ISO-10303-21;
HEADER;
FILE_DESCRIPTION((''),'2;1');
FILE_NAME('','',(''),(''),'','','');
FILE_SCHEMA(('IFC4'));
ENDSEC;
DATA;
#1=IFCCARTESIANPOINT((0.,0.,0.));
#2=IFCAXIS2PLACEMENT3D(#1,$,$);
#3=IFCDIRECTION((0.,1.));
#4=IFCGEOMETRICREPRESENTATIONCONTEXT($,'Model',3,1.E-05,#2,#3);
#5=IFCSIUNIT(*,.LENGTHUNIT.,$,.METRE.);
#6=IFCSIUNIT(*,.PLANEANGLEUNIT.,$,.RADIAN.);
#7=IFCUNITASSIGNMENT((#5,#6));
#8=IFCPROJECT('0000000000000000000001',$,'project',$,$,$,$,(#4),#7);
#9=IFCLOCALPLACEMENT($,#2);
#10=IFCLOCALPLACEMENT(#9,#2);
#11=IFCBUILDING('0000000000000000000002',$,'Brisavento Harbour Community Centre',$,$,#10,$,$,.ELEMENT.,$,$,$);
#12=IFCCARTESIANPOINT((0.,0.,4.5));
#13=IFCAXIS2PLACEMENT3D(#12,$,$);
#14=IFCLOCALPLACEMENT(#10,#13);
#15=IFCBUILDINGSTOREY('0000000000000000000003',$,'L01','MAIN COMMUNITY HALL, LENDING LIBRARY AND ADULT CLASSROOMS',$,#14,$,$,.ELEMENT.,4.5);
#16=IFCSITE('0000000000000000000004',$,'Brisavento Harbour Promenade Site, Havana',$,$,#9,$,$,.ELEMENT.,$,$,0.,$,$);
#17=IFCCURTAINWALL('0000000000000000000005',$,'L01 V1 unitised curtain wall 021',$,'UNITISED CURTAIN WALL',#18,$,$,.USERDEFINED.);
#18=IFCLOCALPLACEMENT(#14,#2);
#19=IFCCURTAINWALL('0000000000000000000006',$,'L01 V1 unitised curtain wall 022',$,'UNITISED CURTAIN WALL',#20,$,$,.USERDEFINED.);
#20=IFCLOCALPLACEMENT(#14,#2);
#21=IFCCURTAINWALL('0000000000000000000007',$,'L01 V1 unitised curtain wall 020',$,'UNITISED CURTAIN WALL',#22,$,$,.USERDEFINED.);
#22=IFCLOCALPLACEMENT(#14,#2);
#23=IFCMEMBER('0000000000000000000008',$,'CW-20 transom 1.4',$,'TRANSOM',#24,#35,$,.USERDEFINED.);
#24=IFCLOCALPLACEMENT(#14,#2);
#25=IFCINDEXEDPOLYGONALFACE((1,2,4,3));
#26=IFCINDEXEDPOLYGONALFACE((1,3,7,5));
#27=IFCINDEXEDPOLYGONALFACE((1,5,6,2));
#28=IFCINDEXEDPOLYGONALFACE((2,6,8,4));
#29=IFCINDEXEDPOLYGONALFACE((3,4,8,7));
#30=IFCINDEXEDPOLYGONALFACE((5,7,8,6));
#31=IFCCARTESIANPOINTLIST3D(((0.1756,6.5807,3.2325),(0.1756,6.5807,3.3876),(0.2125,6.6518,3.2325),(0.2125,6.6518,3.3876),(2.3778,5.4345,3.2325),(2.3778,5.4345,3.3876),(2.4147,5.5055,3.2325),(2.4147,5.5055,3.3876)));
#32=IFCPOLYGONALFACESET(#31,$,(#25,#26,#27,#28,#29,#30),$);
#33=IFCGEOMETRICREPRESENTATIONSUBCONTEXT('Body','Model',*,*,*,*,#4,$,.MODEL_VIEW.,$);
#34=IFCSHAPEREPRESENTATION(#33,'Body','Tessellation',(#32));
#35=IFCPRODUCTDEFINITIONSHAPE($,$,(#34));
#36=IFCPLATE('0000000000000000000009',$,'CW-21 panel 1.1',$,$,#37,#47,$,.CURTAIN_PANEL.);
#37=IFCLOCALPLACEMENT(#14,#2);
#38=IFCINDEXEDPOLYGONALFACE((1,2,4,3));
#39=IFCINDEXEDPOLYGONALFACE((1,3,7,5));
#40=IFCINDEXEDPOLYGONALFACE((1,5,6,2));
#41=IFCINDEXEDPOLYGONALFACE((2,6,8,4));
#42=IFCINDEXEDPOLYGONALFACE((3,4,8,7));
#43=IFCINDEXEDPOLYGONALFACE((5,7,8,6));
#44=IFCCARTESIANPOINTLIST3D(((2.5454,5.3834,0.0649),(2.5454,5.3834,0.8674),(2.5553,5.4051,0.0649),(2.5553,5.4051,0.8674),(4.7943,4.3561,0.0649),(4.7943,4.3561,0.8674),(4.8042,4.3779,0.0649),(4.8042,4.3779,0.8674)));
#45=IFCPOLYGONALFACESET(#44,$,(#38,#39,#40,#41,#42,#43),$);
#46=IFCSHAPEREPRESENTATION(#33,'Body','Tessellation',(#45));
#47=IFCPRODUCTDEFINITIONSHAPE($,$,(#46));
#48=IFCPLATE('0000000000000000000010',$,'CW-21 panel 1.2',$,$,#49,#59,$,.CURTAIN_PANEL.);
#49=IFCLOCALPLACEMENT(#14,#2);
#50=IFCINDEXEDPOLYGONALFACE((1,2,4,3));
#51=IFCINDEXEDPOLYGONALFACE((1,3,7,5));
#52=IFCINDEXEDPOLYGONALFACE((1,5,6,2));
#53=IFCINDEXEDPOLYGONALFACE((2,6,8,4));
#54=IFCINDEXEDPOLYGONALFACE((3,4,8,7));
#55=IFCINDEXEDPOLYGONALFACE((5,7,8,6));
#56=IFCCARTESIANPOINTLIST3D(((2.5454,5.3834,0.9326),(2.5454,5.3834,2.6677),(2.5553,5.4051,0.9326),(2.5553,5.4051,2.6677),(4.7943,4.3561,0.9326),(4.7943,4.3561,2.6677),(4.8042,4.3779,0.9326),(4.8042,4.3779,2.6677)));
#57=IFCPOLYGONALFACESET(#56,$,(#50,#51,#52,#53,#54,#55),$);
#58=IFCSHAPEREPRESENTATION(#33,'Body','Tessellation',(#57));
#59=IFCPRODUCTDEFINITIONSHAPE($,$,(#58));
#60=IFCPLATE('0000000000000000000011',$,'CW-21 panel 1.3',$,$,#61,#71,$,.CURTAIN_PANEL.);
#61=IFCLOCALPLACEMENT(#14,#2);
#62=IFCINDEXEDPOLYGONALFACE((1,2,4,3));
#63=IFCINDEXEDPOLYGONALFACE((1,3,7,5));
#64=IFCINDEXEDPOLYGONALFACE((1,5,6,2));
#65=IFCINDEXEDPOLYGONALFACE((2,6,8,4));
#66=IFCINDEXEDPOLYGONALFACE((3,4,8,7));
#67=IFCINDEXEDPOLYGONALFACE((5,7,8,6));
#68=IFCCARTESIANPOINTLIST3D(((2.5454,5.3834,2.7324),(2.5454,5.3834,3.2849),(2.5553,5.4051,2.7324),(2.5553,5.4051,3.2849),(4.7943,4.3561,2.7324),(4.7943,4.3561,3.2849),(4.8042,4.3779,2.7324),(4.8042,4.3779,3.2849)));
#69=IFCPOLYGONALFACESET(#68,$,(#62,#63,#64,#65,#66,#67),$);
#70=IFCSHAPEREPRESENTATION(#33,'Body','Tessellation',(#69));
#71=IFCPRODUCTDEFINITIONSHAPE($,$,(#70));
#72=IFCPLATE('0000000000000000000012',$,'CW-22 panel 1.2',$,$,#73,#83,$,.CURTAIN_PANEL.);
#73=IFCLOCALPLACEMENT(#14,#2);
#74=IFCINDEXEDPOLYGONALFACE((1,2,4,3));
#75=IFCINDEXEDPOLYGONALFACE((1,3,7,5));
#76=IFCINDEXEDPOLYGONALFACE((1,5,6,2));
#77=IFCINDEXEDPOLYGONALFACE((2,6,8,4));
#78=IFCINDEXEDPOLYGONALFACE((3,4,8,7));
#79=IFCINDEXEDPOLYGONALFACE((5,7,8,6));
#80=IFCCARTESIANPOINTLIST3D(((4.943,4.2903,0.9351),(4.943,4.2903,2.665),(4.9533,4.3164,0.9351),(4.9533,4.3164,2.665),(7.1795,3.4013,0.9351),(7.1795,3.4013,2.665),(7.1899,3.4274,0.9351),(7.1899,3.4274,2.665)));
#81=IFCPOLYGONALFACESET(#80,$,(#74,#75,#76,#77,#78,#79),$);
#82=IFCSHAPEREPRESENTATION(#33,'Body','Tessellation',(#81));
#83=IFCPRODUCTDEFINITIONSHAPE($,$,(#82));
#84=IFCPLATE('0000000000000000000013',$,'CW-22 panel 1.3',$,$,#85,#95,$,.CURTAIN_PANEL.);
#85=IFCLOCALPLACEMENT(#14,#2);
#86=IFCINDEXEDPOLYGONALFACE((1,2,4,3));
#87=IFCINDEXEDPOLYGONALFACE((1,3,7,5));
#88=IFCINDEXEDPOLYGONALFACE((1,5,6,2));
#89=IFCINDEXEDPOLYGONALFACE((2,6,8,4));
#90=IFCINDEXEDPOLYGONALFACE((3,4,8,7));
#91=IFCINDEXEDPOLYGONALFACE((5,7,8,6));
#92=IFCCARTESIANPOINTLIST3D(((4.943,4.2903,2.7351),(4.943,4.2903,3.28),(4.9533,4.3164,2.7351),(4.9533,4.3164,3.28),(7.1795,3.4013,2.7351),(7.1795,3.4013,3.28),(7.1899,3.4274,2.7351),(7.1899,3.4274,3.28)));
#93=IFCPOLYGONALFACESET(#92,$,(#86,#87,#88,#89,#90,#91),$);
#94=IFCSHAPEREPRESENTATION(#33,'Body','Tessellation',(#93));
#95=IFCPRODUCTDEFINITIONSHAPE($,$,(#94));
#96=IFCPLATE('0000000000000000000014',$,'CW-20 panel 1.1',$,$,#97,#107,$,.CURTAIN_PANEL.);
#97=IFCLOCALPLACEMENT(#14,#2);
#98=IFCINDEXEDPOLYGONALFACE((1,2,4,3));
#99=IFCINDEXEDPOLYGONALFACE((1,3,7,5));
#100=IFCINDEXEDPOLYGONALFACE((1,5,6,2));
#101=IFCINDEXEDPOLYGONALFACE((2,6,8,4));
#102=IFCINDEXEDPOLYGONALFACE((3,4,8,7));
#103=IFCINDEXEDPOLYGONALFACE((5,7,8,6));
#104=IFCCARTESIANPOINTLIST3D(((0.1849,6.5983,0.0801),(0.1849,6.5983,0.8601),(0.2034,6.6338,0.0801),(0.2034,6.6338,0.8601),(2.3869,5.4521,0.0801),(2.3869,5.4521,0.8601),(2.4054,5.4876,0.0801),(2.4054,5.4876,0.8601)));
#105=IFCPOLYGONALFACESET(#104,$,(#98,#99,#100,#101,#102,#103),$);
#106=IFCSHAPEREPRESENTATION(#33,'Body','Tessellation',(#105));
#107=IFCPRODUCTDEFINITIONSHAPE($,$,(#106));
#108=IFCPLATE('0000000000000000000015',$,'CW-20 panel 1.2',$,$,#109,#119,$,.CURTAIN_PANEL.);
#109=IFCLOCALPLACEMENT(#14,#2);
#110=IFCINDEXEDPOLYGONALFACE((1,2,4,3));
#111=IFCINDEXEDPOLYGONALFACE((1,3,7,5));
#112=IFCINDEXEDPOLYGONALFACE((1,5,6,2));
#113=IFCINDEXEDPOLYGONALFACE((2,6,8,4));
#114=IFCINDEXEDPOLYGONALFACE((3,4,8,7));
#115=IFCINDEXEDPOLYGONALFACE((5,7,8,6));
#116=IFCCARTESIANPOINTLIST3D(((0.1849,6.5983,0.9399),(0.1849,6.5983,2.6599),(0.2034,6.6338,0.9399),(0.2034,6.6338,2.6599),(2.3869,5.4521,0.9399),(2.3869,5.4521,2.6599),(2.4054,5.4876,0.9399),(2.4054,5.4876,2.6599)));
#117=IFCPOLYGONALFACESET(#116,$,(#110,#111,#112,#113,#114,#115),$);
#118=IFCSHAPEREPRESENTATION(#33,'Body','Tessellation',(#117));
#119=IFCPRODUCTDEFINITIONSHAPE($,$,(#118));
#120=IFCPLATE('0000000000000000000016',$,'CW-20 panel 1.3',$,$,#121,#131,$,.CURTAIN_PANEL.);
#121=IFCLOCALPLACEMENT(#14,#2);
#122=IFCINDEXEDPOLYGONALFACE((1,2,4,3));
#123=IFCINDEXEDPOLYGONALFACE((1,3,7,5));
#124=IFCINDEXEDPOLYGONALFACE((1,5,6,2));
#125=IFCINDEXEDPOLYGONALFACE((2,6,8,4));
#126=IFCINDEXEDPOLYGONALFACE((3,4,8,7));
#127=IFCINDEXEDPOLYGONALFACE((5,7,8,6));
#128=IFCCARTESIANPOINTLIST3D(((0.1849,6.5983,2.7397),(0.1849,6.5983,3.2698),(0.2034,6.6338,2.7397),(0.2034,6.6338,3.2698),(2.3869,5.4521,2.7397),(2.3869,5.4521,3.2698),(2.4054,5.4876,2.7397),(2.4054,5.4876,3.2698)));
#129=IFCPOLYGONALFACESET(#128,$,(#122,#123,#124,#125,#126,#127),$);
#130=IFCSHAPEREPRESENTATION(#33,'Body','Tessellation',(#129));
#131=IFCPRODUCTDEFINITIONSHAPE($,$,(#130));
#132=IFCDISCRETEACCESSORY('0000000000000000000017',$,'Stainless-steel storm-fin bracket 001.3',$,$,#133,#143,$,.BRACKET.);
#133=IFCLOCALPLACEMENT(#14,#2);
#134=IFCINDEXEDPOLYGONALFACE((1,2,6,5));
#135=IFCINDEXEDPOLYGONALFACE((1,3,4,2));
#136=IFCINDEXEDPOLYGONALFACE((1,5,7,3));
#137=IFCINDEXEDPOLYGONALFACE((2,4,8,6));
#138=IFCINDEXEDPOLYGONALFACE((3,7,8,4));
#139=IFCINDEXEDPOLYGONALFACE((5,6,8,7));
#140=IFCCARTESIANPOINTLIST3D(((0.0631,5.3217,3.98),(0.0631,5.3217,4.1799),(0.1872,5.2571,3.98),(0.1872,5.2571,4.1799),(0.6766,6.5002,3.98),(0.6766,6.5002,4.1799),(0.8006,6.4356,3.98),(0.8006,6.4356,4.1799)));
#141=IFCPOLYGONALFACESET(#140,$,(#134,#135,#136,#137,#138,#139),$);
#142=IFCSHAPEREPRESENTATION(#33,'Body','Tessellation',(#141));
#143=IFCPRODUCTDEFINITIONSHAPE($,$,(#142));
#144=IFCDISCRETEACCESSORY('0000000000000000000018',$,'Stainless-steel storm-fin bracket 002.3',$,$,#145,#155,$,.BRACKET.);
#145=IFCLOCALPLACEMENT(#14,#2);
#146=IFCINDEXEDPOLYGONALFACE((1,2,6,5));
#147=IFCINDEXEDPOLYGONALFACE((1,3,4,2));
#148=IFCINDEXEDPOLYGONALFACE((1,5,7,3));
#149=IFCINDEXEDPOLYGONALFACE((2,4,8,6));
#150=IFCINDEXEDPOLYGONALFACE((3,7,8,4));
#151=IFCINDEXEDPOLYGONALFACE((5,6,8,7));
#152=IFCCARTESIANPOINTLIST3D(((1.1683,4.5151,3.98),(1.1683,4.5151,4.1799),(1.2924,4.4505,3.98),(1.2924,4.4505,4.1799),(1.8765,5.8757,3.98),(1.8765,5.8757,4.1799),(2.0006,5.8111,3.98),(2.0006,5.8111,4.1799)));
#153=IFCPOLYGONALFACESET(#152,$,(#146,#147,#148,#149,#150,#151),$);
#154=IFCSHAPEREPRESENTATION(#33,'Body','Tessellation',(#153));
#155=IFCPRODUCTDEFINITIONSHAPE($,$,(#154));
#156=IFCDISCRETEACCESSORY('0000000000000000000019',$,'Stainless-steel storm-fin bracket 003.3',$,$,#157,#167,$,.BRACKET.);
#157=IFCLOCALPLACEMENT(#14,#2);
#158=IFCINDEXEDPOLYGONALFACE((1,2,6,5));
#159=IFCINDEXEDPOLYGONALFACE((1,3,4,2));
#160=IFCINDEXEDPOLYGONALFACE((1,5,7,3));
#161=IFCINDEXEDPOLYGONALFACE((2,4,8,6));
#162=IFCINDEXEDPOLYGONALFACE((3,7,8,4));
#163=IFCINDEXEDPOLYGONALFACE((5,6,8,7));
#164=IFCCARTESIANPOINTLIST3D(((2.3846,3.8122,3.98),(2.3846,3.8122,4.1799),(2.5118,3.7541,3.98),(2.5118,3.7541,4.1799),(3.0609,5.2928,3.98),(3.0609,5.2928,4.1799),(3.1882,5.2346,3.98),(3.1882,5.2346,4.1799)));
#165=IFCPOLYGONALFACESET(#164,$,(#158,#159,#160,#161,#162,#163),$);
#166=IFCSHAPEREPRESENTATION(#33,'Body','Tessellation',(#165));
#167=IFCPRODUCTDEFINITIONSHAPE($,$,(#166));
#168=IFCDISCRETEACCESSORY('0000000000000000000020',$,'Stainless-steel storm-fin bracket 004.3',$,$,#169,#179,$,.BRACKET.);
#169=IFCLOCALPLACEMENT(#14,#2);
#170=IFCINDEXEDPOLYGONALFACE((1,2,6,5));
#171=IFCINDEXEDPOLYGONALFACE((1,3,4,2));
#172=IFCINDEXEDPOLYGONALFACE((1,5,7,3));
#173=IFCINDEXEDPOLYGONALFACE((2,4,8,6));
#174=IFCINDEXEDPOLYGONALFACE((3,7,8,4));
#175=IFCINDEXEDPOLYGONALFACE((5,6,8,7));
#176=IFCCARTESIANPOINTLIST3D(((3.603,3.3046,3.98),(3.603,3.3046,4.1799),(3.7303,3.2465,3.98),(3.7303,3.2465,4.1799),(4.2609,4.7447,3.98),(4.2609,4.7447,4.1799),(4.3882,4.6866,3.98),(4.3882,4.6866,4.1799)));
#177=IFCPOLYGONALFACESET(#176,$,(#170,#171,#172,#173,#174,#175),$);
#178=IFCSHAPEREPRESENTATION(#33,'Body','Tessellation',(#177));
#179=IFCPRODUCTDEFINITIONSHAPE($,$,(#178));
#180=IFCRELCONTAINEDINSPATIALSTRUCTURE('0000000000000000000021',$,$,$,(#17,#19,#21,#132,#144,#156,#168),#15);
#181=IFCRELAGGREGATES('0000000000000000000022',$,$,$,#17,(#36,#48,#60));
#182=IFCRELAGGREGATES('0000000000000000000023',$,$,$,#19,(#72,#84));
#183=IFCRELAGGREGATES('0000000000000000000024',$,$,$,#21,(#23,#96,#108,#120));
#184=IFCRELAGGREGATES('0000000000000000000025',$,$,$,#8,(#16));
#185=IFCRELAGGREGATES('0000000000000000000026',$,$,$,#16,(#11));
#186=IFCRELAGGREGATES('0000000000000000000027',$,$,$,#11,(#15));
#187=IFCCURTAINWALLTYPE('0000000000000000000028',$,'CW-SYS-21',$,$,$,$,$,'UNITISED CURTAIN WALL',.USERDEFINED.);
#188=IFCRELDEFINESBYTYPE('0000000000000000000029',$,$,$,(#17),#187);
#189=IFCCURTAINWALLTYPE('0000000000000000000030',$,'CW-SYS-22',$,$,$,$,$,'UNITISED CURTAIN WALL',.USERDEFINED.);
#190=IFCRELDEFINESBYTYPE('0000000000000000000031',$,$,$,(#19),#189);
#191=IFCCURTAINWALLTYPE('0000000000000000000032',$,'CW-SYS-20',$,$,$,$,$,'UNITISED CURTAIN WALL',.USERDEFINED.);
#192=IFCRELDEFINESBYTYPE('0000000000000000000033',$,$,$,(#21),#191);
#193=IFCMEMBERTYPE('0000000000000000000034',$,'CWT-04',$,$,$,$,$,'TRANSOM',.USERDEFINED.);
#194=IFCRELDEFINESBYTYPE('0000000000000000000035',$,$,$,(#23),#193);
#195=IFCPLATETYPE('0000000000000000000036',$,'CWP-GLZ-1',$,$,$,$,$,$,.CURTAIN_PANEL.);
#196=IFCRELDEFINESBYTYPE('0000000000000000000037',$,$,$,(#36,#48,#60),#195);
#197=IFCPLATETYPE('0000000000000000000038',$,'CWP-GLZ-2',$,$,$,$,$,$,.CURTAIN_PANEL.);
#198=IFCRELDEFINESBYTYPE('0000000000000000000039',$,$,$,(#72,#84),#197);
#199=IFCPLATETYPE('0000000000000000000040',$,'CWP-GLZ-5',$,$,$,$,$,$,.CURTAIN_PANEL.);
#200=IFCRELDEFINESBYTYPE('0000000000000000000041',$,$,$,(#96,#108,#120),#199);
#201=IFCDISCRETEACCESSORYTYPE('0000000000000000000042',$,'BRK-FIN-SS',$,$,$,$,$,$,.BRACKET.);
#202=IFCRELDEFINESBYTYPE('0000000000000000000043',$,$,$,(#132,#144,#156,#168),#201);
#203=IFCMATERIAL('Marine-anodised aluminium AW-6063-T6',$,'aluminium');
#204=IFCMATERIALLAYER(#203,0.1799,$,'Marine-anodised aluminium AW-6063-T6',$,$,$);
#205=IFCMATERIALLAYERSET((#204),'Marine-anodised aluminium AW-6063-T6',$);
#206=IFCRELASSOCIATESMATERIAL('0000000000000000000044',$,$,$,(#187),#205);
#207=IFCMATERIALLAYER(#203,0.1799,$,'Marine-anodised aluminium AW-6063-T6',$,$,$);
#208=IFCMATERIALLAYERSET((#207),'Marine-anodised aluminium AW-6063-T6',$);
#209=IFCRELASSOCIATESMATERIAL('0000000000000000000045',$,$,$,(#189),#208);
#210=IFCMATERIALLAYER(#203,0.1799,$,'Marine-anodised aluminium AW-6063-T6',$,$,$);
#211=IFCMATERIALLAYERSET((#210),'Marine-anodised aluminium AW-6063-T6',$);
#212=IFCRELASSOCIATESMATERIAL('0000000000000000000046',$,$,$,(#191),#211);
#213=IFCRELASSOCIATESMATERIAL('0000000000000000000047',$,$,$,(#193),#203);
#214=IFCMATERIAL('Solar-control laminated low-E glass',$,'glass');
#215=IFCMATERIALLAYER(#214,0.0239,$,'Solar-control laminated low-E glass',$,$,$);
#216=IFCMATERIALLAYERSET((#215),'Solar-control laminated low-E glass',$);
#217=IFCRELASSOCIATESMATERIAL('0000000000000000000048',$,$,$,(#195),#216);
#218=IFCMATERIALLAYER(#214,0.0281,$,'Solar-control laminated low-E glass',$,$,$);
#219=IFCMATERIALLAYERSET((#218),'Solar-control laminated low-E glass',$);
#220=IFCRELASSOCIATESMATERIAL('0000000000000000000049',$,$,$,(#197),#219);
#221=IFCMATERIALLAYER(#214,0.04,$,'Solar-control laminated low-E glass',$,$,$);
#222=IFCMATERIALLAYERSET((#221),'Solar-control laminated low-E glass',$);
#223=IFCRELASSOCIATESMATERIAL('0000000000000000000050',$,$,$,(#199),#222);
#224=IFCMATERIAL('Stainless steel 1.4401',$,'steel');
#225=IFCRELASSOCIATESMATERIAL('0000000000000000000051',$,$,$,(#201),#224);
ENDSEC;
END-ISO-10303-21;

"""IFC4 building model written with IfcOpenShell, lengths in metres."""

from ifc_helpers import new_model, si_unit, direction, frame, origin, origin_2d, place, context, subcontext, project, spatial, rectangle, extrude, material, layer, layer_set, material_profile, profile_set, type_object, element, aggregate, save


model = new_model("IFC4")

# Units and contexts
model_context = context("Model", 3, precision=1e-05, world=origin(), true_north=direction((0.0, 1.0)))
body_context = subcontext(model_context, "Body", "Model", "MODEL_VIEW")
ifc_project = project(units=[si_unit("LENGTHUNIT", "METRE"), si_unit("PLANEANGLEUNIT", "RADIAN")], contexts=[model_context])

# Site, building, storey
site_placement = place(None, origin())
site = spatial("IfcSite", under=ifc_project, at=site_placement, Name="Brisavento Harbour Promenade Site, Havana", CompositionType="ELEMENT", RefElevation=0.0)
building_placement = place(site_placement, origin())
building = spatial("IfcBuilding", under=site, at=building_placement, Name="Brisavento Harbour Community Centre", CompositionType="ELEMENT")
storey_placement = place(building_placement, frame((0.0, 0.0, 4.5)))
storey = spatial("IfcBuildingStorey", under=building, at=storey_placement, Name="L01", Description="MAIN COMMUNITY HALL, LENDING LIBRARY AND ADULT CLASSROOMS", CompositionType="ELEMENT", Elevation=4.5)

# Curtain wall
ifc_material_1 = material(Name="Marine-anodised aluminium AW-6063-T6", Category="aluminium")
ifc_layer_1 = layer(ifc_material_1, 0.1799, Name="Marine-anodised aluminium AW-6063-T6")
ifc_layer_set_1 = layer_set([ifc_layer_1], Name="Marine-anodised aluminium AW-6063-T6")
curtain_wall_type_1 = type_object("IfcCurtainWallType", Name="CW-SYS-21", ElementType="UNITISED CURTAIN WALL", PredefinedType="USERDEFINED", material=ifc_layer_set_1)
curtain_wall_1_placement = place(storey_placement, origin())
curtain_wall_1 = element("IfcCurtainWall", 1, at=curtain_wall_1_placement, inside=storey, type_object=curtain_wall_type_1, Name="L01 V1 unitised curtain wall 021", ObjectType="UNITISED CURTAIN WALL", PredefinedType="USERDEFINED")

# Curtain wall
ifc_layer_2 = layer(ifc_material_1, 0.1799, Name="Marine-anodised aluminium AW-6063-T6")
ifc_layer_set_2 = layer_set([ifc_layer_2], Name="Marine-anodised aluminium AW-6063-T6")
curtain_wall_type_2 = type_object("IfcCurtainWallType", Name="CW-SYS-22", ElementType="UNITISED CURTAIN WALL", PredefinedType="USERDEFINED", material=ifc_layer_set_2)
curtain_wall_2_placement = place(storey_placement, origin())
curtain_wall_2 = element("IfcCurtainWall", 2, at=curtain_wall_2_placement, inside=storey, type_object=curtain_wall_type_2, Name="L01 V1 unitised curtain wall 022", ObjectType="UNITISED CURTAIN WALL", PredefinedType="USERDEFINED")

# Curtain wall
ifc_layer_3 = layer(ifc_material_1, 0.1799, Name="Marine-anodised aluminium AW-6063-T6")
ifc_layer_set_3 = layer_set([ifc_layer_3], Name="Marine-anodised aluminium AW-6063-T6")
curtain_wall_type_3 = type_object("IfcCurtainWallType", Name="CW-SYS-20", ElementType="UNITISED CURTAIN WALL", PredefinedType="USERDEFINED", material=ifc_layer_set_3)
curtain_wall_3_placement = place(storey_placement, origin())
curtain_wall_3 = element("IfcCurtainWall", 3, at=curtain_wall_3_placement, inside=storey, type_object=curtain_wall_type_3, Name="L01 V1 unitised curtain wall 020", ObjectType="UNITISED CURTAIN WALL", PredefinedType="USERDEFINED")

# Member
ifc_material_profile_1 = material_profile(ifc_material_1, rectangle(XDim=0.0801, YDim=0.155, at=origin_2d()), Name="Marine-anodised aluminium AW-6063-T6")
ifc_profile_set_1 = profile_set([ifc_material_profile_1], Name="Marine-anodised aluminium AW-6063-T6")
member_type_1 = type_object("IfcMemberType", Name="CWT-04", ElementType="TRANSOM", PredefinedType="USERDEFINED", material=ifc_profile_set_1)
member_1_placement = place(storey_placement, frame((2.3962, 5.47, 3.3101), z_axis=(-0.887032, 0.461709, 0.0), x_axis=(-0.461709, -0.887032, 0.0)))
member_1 = element("IfcMember", 4, at=member_1_placement, type_object=member_type_1, Name="CW-20 transom 1.4", ObjectType="TRANSOM", PredefinedType="USERDEFINED", context=body_context, shape_type="SweptSolid", body=[
    extrude(rectangle(XDim=0.0801, YDim=0.155, at=origin_2d()), origin(), (0.0, 0.0, 1.0), 2.4827),
])

# Plates
ifc_material_2 = material(Name="Solar-control laminated low-E glass", Category="glass")
ifc_layer_4 = layer(ifc_material_2, 0.0239, Name="Solar-control laminated low-E glass")
ifc_layer_set_4 = layer_set([ifc_layer_4], Name="Solar-control laminated low-E glass")
plate_type_1 = type_object("IfcPlateType", Name="CWP-GLZ-1", PredefinedType="CURTAIN_PANEL", material=ifc_layer_set_4)
plate_1_placement = place(storey_placement, frame((3.6748, 4.8806, 0.0649), z_axis=(0.0, 0.0, 1.0), x_axis=(-0.909598, 0.41549, 0.0)))
plate_1 = element("IfcPlate", 5, at=plate_1_placement, type_object=plate_type_1, Name="CW-21 panel 1.1", PredefinedType="CURTAIN_PANEL", context=body_context, shape_type="SweptSolid", body=[
    extrude(rectangle(XDim=2.4724, YDim=0.0239, at=origin_2d()), origin(), (0.0, 0.0, 1.0), 0.8025),
])
plate_2_placement = place(storey_placement, frame((3.6748, 4.8806, 0.9326), z_axis=(0.0, 0.0, 1.0), x_axis=(-0.909598, 0.41549, 0.0)))
plate_2 = element("IfcPlate", 6, at=plate_2_placement, type_object=plate_type_1, Name="CW-21 panel 1.2", PredefinedType="CURTAIN_PANEL", context=body_context, shape_type="SweptSolid", body=[
    extrude(rectangle(XDim=2.4724, YDim=0.0239, at=origin_2d()), origin(), (0.0, 0.0, 1.0), 1.7351),
])
plate_3_placement = place(storey_placement, frame((3.6748, 4.8806, 2.7324), z_axis=(0.0, 0.0, 1.0), x_axis=(-0.909598, 0.41549, 0.0)))
plate_3 = element("IfcPlate", 7, at=plate_3_placement, type_object=plate_type_1, Name="CW-21 panel 1.3", PredefinedType="CURTAIN_PANEL", context=body_context, shape_type="SweptSolid", body=[
    extrude(rectangle(XDim=2.4724, YDim=0.0239, at=origin_2d()), origin(), (0.0, 0.0, 1.0), 0.5525),
])
aggregate(curtain_wall_1, [plate_1, plate_2, plate_3])
ifc_layer_5 = layer(ifc_material_2, 0.0281, Name="Solar-control laminated low-E glass")
ifc_layer_set_5 = layer_set([ifc_layer_5], Name="Solar-control laminated low-E glass")
plate_type_2 = type_object("IfcPlateType", Name="CWP-GLZ-2", PredefinedType="CURTAIN_PANEL", material=ifc_layer_set_5)
plate_4_placement = place(storey_placement, frame((6.0664, 3.8589, 0.9351), z_axis=(0.0, 0.0, 1.0), x_axis=(-0.929279, 0.369379, 0.0)))
plate_4 = element("IfcPlate", 8, at=plate_4_placement, type_object=plate_type_2, Name="CW-22 panel 1.2", PredefinedType="CURTAIN_PANEL", context=body_context, shape_type="SweptSolid", body=[
    extrude(rectangle(XDim=2.4067, YDim=0.0281, at=origin_2d()), origin(), (0.0, 0.0, 1.0), 1.73),
])
plate_5_placement = place(storey_placement, frame((6.0664, 3.8589, 2.7351), z_axis=(0.0, 0.0, 1.0), x_axis=(-0.929279, 0.369379, 0.0)))
plate_5 = element("IfcPlate", 9, at=plate_5_placement, type_object=plate_type_2, Name="CW-22 panel 1.3", PredefinedType="CURTAIN_PANEL", context=body_context, shape_type="SweptSolid", body=[
    extrude(rectangle(XDim=2.4067, YDim=0.0281, at=origin_2d()), origin(), (0.0, 0.0, 1.0), 0.5449),
])
aggregate(curtain_wall_2, [plate_4, plate_5])
ifc_layer_6 = layer(ifc_material_2, 0.04, Name="Solar-control laminated low-E glass")
ifc_layer_set_6 = layer_set([ifc_layer_6], Name="Solar-control laminated low-E glass")
plate_type_3 = type_object("IfcPlateType", Name="CWP-GLZ-5", PredefinedType="CURTAIN_PANEL", material=ifc_layer_set_6)
plate_6_placement = place(storey_placement, frame((1.2952, 6.043, 0.0801), z_axis=(0.0, 0.0, 1.0), x_axis=(-0.88702, 0.461732, 0.0)))
plate_6 = element("IfcPlate", 10, at=plate_6_placement, type_object=plate_type_3, Name="CW-20 panel 1.1", PredefinedType="CURTAIN_PANEL", context=body_context, shape_type="SweptSolid", body=[
    extrude(rectangle(XDim=2.4824, YDim=0.04, at=origin_2d()), origin(), (0.0, 0.0, 1.0), 0.78),
])
plate_7_placement = place(storey_placement, frame((1.2952, 6.043, 0.9399), z_axis=(0.0, 0.0, 1.0), x_axis=(-0.88702, 0.461732, 0.0)))
plate_7 = element("IfcPlate", 11, at=plate_7_placement, type_object=plate_type_3, Name="CW-20 panel 1.2", PredefinedType="CURTAIN_PANEL", context=body_context, shape_type="SweptSolid", body=[
    extrude(rectangle(XDim=2.4824, YDim=0.04, at=origin_2d()), origin(), (0.0, 0.0, 1.0), 1.72),
])
plate_8_placement = place(storey_placement, frame((1.2952, 6.043, 2.7397), z_axis=(0.0, 0.0, 1.0), x_axis=(-0.88702, 0.461732, 0.0)))
plate_8 = element("IfcPlate", 12, at=plate_8_placement, type_object=plate_type_3, Name="CW-20 panel 1.3", PredefinedType="CURTAIN_PANEL", context=body_context, shape_type="SweptSolid", body=[
    extrude(rectangle(XDim=2.4824, YDim=0.04, at=origin_2d()), origin(), (0.0, 0.0, 1.0), 0.53),
])
aggregate(curtain_wall_3, [member_1, plate_6, plate_7, plate_8])

# Discrete accessories
ifc_material_3 = material(Name="Stainless steel 1.4401", Category="steel")
discrete_accessory_type = type_object("IfcDiscreteAccessoryType", Name="BRK-FIN-SS", PredefinedType="BRACKET", material=ifc_material_3)
discrete_accessory_1_placement = place(storey_placement, frame((0.4319, 5.8787, 3.98), z_axis=(0.0, 0.0, 1.0), x_axis=(-0.461702, -0.887035, 0.0)))
element("IfcDiscreteAccessory", 13, at=discrete_accessory_1_placement, inside=storey, type_object=discrete_accessory_type, Name="Stainless-steel storm-fin bracket 001.3", PredefinedType="BRACKET", context=body_context, shape_type="SweptSolid", body=[
    extrude(rectangle(XDim=1.3286, YDim=0.1399, at=origin_2d()), origin(), (0.0, 0.0, 1.0), 0.2),
])
discrete_accessory_2_placement = place(storey_placement, frame((1.5845, 5.1631, 3.98), z_axis=(0.0, 0.0, 1.0), x_axis=(-0.461702, -0.887035, 0.0)))
element("IfcDiscreteAccessory", 14, at=discrete_accessory_2_placement, inside=storey, type_object=discrete_accessory_type, Name="Stainless-steel storm-fin bracket 002.3", PredefinedType="BRACKET", context=body_context, shape_type="SweptSolid", body=[
    extrude(rectangle(XDim=1.5339, YDim=0.1399, at=origin_2d()), origin(), (0.0, 0.0, 1.0), 0.2),
])
discrete_accessory_3_placement = place(storey_placement, frame((2.7864, 4.5234, 3.98), z_axis=(0.0, 0.0, 1.0), x_axis=(-0.415519, -0.909585, 0.0)))
element("IfcDiscreteAccessory", 15, at=discrete_accessory_3_placement, inside=storey, type_object=discrete_accessory_type, Name="Stainless-steel storm-fin bracket 003.3", PredefinedType="BRACKET", context=body_context, shape_type="SweptSolid", body=[
    extrude(rectangle(XDim=1.6277, YDim=0.1399, at=origin_2d()), origin(), (0.0, 0.0, 1.0), 0.2),
])
discrete_accessory_4_placement = place(storey_placement, frame((3.9956, 3.9956, 3.98), z_axis=(0.0, 0.0, 1.0), x_axis=(-0.415519, -0.909585, 0.0)))
element("IfcDiscreteAccessory", 16, at=discrete_accessory_4_placement, inside=storey, type_object=discrete_accessory_type, Name="Stainless-steel storm-fin bracket 004.3", PredefinedType="BRACKET", context=body_context, shape_type="SweptSolid", body=[
    extrude(rectangle(XDim=1.5833, YDim=0.1399, at=origin_2d()), origin(), (0.0, 0.0, 1.0), 0.2),
])

save(model, "model.ifc")
